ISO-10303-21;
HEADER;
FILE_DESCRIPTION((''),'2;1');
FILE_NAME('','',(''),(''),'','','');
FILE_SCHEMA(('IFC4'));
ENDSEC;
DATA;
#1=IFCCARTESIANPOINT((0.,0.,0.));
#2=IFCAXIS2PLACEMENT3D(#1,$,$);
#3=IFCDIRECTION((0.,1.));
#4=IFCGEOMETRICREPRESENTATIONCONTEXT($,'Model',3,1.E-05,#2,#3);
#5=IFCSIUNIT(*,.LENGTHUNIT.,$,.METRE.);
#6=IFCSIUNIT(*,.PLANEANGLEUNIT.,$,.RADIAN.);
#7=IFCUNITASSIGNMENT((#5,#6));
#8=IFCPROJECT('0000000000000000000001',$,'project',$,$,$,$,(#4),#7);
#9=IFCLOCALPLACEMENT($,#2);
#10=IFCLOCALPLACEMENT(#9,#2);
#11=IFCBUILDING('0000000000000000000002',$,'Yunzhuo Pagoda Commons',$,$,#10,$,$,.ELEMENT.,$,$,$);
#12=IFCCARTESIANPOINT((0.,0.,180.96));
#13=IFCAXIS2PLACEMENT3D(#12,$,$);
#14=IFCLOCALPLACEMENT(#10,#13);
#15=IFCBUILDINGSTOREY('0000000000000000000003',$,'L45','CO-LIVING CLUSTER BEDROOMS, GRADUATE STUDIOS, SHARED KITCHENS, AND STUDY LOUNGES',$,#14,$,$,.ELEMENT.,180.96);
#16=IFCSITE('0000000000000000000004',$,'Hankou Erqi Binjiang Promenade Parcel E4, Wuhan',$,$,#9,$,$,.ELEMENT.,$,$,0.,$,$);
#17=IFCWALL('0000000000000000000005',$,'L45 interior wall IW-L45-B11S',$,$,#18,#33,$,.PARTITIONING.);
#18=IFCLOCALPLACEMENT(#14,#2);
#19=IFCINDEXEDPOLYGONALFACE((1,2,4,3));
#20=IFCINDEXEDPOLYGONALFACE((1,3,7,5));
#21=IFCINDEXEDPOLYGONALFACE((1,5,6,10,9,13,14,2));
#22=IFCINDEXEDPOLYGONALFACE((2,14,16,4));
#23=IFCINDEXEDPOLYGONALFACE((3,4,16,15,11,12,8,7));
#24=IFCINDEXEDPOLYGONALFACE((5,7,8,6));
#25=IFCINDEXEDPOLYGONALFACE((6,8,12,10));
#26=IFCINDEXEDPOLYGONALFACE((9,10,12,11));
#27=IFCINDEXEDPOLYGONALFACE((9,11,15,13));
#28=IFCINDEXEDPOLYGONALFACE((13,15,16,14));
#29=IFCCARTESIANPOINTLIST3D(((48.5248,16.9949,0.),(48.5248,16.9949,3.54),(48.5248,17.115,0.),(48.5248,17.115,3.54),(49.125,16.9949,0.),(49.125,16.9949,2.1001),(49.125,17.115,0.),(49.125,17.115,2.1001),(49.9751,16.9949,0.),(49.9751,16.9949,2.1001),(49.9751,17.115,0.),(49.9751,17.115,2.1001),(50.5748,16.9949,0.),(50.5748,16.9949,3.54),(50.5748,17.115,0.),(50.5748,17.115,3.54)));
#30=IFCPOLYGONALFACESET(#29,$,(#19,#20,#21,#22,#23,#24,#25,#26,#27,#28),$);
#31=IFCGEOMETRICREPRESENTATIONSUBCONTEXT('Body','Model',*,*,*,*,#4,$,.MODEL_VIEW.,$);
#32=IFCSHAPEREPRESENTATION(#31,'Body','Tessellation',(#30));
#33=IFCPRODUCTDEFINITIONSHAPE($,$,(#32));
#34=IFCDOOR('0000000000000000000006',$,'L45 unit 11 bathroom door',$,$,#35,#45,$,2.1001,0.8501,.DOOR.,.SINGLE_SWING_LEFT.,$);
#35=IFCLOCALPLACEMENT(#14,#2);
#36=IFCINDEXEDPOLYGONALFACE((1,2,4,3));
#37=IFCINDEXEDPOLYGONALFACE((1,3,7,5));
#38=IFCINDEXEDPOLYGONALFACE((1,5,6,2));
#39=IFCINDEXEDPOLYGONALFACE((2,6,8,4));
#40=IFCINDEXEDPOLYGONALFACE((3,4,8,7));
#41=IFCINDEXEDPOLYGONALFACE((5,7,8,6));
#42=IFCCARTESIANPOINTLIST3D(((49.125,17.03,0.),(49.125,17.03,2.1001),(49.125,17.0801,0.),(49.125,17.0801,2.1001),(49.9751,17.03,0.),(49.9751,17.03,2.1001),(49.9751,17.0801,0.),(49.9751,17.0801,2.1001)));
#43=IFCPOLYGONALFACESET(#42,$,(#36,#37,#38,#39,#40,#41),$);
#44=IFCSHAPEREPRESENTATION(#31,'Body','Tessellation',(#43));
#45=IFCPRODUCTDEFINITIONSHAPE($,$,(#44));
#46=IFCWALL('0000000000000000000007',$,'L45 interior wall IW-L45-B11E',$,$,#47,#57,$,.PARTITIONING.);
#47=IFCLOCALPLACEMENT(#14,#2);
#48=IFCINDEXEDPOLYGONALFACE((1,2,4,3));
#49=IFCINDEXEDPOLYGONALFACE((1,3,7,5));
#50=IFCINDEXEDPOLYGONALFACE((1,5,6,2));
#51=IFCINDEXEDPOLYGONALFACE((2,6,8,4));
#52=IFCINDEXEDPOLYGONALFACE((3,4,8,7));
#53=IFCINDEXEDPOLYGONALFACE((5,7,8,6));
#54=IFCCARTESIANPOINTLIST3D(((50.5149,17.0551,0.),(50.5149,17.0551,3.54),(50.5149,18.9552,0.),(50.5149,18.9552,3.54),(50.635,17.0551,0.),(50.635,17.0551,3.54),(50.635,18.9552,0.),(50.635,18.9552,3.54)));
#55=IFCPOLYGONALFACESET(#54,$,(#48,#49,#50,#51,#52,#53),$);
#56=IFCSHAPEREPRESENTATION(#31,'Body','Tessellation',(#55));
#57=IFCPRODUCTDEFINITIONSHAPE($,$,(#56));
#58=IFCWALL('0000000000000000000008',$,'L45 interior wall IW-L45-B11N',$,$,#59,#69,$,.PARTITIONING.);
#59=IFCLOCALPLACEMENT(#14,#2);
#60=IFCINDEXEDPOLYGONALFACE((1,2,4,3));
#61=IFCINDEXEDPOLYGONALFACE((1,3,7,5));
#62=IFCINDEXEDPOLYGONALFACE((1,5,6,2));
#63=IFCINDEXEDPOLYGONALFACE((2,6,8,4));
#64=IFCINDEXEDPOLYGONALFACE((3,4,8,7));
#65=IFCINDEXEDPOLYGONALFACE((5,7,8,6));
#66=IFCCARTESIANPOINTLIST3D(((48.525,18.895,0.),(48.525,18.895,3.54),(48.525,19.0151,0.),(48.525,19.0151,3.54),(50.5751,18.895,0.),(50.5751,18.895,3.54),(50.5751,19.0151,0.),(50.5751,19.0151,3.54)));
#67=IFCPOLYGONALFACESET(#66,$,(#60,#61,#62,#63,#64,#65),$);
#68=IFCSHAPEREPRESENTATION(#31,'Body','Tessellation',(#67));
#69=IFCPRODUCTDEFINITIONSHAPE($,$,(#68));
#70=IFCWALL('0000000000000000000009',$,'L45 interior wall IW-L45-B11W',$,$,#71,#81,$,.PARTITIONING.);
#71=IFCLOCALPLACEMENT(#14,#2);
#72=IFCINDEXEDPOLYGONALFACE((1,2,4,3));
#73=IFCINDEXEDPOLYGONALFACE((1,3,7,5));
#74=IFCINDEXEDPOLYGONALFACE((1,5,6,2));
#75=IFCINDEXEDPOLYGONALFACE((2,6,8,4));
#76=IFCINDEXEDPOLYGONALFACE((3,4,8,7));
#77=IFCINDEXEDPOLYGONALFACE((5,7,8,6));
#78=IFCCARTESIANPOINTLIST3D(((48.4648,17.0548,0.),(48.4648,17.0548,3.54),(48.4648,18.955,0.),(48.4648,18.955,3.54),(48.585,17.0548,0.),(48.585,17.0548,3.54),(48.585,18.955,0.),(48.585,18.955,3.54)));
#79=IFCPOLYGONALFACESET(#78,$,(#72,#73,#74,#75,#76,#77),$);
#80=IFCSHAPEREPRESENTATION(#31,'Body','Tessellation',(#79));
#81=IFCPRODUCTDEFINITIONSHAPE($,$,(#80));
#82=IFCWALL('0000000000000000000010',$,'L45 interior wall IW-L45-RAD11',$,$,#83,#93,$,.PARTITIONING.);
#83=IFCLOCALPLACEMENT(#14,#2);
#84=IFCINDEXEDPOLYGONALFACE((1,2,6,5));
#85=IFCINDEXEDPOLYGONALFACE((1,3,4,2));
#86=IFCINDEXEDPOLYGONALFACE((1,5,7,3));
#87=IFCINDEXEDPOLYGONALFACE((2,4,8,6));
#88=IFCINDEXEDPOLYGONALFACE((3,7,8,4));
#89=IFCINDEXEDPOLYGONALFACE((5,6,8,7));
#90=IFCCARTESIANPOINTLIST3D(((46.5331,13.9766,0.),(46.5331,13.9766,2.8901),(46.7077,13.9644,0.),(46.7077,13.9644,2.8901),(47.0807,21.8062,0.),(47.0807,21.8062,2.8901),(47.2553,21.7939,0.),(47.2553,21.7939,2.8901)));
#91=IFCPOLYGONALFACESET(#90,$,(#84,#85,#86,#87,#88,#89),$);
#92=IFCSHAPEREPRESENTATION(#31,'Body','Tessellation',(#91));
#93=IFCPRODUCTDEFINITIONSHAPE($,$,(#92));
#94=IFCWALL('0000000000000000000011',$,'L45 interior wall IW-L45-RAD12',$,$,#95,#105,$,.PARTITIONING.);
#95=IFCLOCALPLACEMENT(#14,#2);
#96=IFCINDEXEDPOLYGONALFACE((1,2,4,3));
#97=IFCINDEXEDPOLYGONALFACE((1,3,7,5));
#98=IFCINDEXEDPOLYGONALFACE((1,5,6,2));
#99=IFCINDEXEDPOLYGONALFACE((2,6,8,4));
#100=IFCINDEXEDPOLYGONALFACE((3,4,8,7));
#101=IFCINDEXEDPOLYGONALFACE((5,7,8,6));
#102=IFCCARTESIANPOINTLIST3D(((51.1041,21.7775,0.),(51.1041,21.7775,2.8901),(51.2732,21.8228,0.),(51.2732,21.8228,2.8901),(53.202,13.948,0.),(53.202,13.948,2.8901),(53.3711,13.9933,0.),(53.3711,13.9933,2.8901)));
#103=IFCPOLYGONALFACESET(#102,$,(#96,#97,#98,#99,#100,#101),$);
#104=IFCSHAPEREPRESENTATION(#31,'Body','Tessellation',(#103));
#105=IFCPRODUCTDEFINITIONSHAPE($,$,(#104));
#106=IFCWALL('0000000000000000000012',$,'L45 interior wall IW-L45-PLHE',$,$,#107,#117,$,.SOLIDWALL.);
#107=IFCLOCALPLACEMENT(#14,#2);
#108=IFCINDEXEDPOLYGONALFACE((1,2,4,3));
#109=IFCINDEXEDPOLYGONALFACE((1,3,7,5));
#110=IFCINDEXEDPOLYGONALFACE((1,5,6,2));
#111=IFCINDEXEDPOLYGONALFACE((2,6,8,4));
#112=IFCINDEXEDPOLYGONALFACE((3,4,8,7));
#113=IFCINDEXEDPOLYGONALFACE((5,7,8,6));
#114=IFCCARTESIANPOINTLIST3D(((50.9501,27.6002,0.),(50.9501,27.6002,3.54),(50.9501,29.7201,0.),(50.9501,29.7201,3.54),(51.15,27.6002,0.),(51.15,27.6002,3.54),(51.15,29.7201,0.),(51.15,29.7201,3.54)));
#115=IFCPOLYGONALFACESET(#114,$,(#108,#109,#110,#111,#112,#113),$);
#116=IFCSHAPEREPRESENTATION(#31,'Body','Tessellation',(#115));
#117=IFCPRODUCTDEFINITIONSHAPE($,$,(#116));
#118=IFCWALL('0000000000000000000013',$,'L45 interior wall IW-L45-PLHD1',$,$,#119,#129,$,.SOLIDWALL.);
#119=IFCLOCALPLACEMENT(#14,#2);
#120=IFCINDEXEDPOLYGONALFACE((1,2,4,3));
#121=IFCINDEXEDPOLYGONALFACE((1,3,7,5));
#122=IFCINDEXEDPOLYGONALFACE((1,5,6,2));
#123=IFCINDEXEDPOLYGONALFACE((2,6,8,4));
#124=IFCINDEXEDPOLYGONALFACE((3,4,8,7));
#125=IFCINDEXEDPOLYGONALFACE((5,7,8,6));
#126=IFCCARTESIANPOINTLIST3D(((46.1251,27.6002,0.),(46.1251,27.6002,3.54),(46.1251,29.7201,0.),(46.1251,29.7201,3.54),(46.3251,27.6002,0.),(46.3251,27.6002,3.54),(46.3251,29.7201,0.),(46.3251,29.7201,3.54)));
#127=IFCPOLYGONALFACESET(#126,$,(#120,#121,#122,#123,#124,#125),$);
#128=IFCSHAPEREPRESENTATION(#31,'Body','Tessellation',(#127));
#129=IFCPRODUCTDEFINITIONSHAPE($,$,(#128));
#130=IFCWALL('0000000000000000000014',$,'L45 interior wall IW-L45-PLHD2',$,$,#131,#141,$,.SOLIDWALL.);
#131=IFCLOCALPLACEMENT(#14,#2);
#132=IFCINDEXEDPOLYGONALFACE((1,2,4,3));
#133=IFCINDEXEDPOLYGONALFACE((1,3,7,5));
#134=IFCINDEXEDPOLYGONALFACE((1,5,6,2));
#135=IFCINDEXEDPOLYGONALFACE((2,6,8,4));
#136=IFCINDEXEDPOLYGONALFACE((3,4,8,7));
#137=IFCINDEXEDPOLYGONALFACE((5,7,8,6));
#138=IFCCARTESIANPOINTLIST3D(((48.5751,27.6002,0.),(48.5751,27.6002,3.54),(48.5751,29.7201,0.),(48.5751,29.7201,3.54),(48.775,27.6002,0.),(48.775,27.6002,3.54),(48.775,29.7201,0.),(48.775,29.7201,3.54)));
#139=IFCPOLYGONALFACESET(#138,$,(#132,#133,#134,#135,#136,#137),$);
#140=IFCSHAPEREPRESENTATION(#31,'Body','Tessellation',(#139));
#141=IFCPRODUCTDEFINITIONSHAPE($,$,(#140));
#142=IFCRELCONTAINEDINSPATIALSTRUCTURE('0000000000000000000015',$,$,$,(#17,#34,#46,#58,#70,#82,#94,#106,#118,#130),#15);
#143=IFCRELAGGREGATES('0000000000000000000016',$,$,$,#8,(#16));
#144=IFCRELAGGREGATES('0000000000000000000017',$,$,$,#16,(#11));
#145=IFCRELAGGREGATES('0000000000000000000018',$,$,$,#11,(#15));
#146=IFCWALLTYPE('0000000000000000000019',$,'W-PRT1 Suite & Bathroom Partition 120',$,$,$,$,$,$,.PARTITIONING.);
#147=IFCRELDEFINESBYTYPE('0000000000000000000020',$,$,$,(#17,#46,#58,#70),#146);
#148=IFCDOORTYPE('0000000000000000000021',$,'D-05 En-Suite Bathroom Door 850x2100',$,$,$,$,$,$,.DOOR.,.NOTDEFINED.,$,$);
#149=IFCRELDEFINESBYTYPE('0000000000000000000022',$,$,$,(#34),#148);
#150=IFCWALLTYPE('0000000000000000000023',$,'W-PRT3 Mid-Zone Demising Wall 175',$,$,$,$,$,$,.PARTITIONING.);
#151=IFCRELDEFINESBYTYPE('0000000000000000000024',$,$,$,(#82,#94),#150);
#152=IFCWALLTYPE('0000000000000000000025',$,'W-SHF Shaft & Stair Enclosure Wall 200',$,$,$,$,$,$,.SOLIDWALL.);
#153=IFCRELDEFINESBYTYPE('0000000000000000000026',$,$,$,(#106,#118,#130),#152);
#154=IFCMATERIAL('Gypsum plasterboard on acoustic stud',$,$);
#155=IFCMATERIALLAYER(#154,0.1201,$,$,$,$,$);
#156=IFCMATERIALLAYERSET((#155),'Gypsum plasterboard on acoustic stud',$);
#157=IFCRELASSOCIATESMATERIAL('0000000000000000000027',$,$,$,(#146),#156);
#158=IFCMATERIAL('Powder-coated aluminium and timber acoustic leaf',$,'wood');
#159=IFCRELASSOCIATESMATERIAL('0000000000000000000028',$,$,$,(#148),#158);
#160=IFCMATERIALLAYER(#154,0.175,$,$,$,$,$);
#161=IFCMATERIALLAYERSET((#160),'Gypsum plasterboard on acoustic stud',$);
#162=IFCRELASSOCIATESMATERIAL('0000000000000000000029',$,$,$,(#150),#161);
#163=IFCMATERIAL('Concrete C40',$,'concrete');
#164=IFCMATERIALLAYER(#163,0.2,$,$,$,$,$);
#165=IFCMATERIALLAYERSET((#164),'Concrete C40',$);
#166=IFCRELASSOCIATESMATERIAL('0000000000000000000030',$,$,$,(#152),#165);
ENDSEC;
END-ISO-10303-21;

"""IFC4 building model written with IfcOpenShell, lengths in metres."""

from ifc_helpers import new_model, si_unit, direction, frame, frame_2d, origin, place, context, subcontext, project, spatial, rectangle, extrude, source, transform, mapped, material, layer, layer_set, type_object, element, fill, save


model = new_model("IFC4")

# Units and contexts
model_context = context("Model", 3, precision=1e-05, world=origin(), true_north=direction((0.0, 1.0)))
body_context = subcontext(model_context, "Body", "Model", "MODEL_VIEW")
ifc_project = project(units=[si_unit("LENGTHUNIT", "METRE"), si_unit("PLANEANGLEUNIT", "RADIAN")], contexts=[model_context])

# Site, building, storey
site_placement = place(None, origin())
site = spatial("IfcSite", under=ifc_project, at=site_placement, Name="Hankou Erqi Binjiang Promenade Parcel E4, Wuhan", CompositionType="ELEMENT", RefElevation=0.0)
building_placement = place(site_placement, origin())
building = spatial("IfcBuilding", under=site, at=building_placement, Name="Yunzhuo Pagoda Commons", CompositionType="ELEMENT")
storey_placement = place(building_placement, frame((0.0, 0.0, 180.96)))
storey = spatial("IfcBuildingStorey", under=building, at=storey_placement, Name="L45", Description="CO-LIVING CLUSTER BEDROOMS, GRADUATE STUDIOS, SHARED KITCHENS, AND STUDY LOUNGES", CompositionType="ELEMENT", Elevation=180.96)

# Wall, opening, door
ifc_material_1 = material(Name="Gypsum plasterboard on acoustic stud")
ifc_material_2 = material(Name="Powder-coated aluminium and timber acoustic leaf", Category="wood")
ifc_layer_1 = layer(ifc_material_1, 0.1201)
ifc_layer_set_1 = layer_set([ifc_layer_1], Name="Gypsum plasterboard on acoustic stud")
wall_type_1 = type_object("IfcWallType", Name="W-PRT1 Suite & Bathroom Partition 120", PredefinedType="PARTITIONING", material=ifc_layer_set_1)
wall_1_placement = place(storey_placement, frame((48.5249, 17.0549, 0.0), z_axis=(0.0, 0.0, 1.0), x_axis=(1.0, 0.0, 0.0)))
wall_1 = element("IfcWall", 1, at=wall_1_placement, inside=storey, type_object=wall_type_1, Name="L45 interior wall IW-L45-B11S", PredefinedType="PARTITIONING", context=body_context, shape_type="SweptSolid", body=[
    extrude(rectangle(XDim=2.05, YDim=0.1201, at=frame_2d((1.0249, 0.0))), origin(), (0.0, 0.0, 1.0), 3.54),
])
opening_1_placement = place(wall_1_placement, frame((0.6001, 0.0, 0.0)))
opening_1 = element("IfcOpeningElement", 2, at=opening_1_placement, cuts=wall_1, PredefinedType="OPENING", context=body_context, shape_type="SweptSolid", body=[
    extrude(rectangle(XDim=0.8501, YDim=2.1001, at=frame_2d((0.425, 1.05))), frame((0.0, 0.0701, 0.0), z_axis=(0.0, -1.0, 0.0), x_axis=(1.0, 0.0, 0.0)), (0.0, 0.0, 1.0), 0.1401),
])
door_type_1 = type_object("IfcDoorType", Name="D-05 En-Suite Bathroom Door 850x2100", OperationType="NOTDEFINED", PredefinedType="DOOR", material=ifc_material_2)
shared_shape_1 = source(origin(), body_context, "Body", "SweptSolid", [
    extrude(rectangle(XDim=0.8501, YDim=2.1001, at=frame_2d((0.425, 1.05))), frame((0.0, 0.0249, 0.0), z_axis=(0.0, -1.0, 0.0), x_axis=(1.0, 0.0, 0.0)), (0.0, 0.0, 1.0), 0.05),
])
door_1_placement = place(opening_1_placement, frame((0.8501, 0.0, 0.0), z_axis=(0.0, 0.0, 1.0), x_axis=(-1.0, 0.0, 0.0)))
door_1 = element("IfcDoor", 3, at=door_1_placement, inside=storey, type_object=door_type_1, Name="L45 unit 11 bathroom door", OperationType="SINGLE_SWING_LEFT", OverallHeight=2.1001, OverallWidth=0.8501, PredefinedType="DOOR", context=body_context, shape_type="MappedRepresentation", body=[
    mapped(shared_shape_1, transform((0.0, 0.0, 0.0), scale=1.0)),
])
fill(opening_1, door_1)

# Walls
wall_2_placement = place(storey_placement, frame((50.575, 17.0549, 0.0), z_axis=(0.0, 0.0, 1.0), x_axis=(0.0, 1.0, 0.0)))
element("IfcWall", 4, at=wall_2_placement, inside=storey, type_object=wall_type_1, Name="L45 interior wall IW-L45-B11E", PredefinedType="PARTITIONING", context=body_context, shape_type="SweptSolid", body=[
    extrude(rectangle(XDim=1.9001, YDim=0.1201, at=frame_2d((0.9502, 0.0))), origin(), (0.0, 0.0, 1.0), 3.54),
])
wall_3_placement = place(storey_placement, frame((50.575, 18.9551, 0.0), z_axis=(0.0, 0.0, 1.0), x_axis=(-1.0, 0.0, 0.0)))
element("IfcWall", 5, at=wall_3_placement, inside=storey, type_object=wall_type_1, Name="L45 interior wall IW-L45-B11N", PredefinedType="PARTITIONING", context=body_context, shape_type="SweptSolid", body=[
    extrude(rectangle(XDim=2.05, YDim=0.1201, at=frame_2d((1.0249, 0.0))), origin(), (0.0, 0.0, 1.0), 3.54),
])
wall_4_placement = place(storey_placement, frame((48.5249, 18.9551, 0.0), z_axis=(0.0, 0.0, 1.0), x_axis=(0.0, -1.0, 0.0)))
element("IfcWall", 6, at=wall_4_placement, inside=storey, type_object=wall_type_1, Name="L45 interior wall IW-L45-B11W", PredefinedType="PARTITIONING", context=body_context, shape_type="SweptSolid", body=[
    extrude(rectangle(XDim=1.9001, YDim=0.1201, at=frame_2d((0.9502, 0.0))), origin(), (0.0, 0.0, 1.0), 3.54),
])
ifc_layer_2 = layer(ifc_material_1, 0.175)
ifc_layer_set_2 = layer_set([ifc_layer_2], Name="Gypsum plasterboard on acoustic stud")
wall_type_2 = type_object("IfcWallType", Name="W-PRT3 Mid-Zone Demising Wall 175", PredefinedType="PARTITIONING", material=ifc_layer_set_2)
wall_5_placement = place(storey_placement, frame((47.168, 21.8, 0.0), z_axis=(0.0, 0.0, 1.0), x_axis=(-0.06977, -0.997563, 0.0)))
element("IfcWall", 7, at=wall_5_placement, inside=storey, type_object=wall_type_2, Name="L45 interior wall IW-L45-RAD11", PredefinedType="PARTITIONING", context=body_context, shape_type="SweptSolid", body=[
    extrude(rectangle(XDim=7.8486, YDim=0.175, at=frame_2d((3.9243, 0.0))), origin(), (0.0, 0.0, 1.0), 2.8901),
])
wall_6_placement = place(storey_placement, frame((51.1887, 21.8, 0.0), z_axis=(0.0, 0.0, 1.0), x_axis=(0.258815, -0.965927, 0.0)))
element("IfcWall", 8, at=wall_6_placement, inside=storey, type_object=wall_type_2, Name="L45 interior wall IW-L45-RAD12", PredefinedType="PARTITIONING", context=body_context, shape_type="SweptSolid", body=[
    extrude(rectangle(XDim=8.1057, YDim=0.175, at=frame_2d((4.0527, 0.0))), origin(), (0.0, 0.0, 1.0), 2.8901),
])
ifc_material_3 = material(Name="Concrete C40", Category="concrete")
ifc_layer_3 = layer(ifc_material_3, 0.2)
ifc_layer_set_3 = layer_set([ifc_layer_3], Name="Concrete C40")
wall_type_3 = type_object("IfcWallType", Name="W-SHF Shaft & Stair Enclosure Wall 200", PredefinedType="SOLIDWALL", material=ifc_layer_set_3)
for number, where, z_axis, x_axis, name in (
    (9, (51.05, 27.6001, 0.0), (0.0, 0.0, 1.0), (0.0, 1.0, 0.0), "L45 interior wall IW-L45-PLHE"),
    (10, (46.2251, 27.6001, 0.0), (0.0, 0.0, 1.0), (0.0, 1.0, 0.0), "L45 interior wall IW-L45-PLHD1"),
    (11, (48.675, 27.6001, 0.0), (0.0, 0.0, 1.0), (0.0, 1.0, 0.0), "L45 interior wall IW-L45-PLHD2"),
):
    element("IfcWall", number, at=place(storey_placement, frame(where, z_axis=z_axis, x_axis=x_axis)), inside=storey, type_object=wall_type_3, Name=name, PredefinedType="SOLIDWALL", context=body_context, shape_type="SweptSolid", body=[
        extrude(rectangle(XDim=2.1199, YDim=0.2, at=frame_2d((1.0601, 0.0))), origin(), (0.0, 0.0, 1.0), 3.54),
    ])

save(model, "model.ifc")
